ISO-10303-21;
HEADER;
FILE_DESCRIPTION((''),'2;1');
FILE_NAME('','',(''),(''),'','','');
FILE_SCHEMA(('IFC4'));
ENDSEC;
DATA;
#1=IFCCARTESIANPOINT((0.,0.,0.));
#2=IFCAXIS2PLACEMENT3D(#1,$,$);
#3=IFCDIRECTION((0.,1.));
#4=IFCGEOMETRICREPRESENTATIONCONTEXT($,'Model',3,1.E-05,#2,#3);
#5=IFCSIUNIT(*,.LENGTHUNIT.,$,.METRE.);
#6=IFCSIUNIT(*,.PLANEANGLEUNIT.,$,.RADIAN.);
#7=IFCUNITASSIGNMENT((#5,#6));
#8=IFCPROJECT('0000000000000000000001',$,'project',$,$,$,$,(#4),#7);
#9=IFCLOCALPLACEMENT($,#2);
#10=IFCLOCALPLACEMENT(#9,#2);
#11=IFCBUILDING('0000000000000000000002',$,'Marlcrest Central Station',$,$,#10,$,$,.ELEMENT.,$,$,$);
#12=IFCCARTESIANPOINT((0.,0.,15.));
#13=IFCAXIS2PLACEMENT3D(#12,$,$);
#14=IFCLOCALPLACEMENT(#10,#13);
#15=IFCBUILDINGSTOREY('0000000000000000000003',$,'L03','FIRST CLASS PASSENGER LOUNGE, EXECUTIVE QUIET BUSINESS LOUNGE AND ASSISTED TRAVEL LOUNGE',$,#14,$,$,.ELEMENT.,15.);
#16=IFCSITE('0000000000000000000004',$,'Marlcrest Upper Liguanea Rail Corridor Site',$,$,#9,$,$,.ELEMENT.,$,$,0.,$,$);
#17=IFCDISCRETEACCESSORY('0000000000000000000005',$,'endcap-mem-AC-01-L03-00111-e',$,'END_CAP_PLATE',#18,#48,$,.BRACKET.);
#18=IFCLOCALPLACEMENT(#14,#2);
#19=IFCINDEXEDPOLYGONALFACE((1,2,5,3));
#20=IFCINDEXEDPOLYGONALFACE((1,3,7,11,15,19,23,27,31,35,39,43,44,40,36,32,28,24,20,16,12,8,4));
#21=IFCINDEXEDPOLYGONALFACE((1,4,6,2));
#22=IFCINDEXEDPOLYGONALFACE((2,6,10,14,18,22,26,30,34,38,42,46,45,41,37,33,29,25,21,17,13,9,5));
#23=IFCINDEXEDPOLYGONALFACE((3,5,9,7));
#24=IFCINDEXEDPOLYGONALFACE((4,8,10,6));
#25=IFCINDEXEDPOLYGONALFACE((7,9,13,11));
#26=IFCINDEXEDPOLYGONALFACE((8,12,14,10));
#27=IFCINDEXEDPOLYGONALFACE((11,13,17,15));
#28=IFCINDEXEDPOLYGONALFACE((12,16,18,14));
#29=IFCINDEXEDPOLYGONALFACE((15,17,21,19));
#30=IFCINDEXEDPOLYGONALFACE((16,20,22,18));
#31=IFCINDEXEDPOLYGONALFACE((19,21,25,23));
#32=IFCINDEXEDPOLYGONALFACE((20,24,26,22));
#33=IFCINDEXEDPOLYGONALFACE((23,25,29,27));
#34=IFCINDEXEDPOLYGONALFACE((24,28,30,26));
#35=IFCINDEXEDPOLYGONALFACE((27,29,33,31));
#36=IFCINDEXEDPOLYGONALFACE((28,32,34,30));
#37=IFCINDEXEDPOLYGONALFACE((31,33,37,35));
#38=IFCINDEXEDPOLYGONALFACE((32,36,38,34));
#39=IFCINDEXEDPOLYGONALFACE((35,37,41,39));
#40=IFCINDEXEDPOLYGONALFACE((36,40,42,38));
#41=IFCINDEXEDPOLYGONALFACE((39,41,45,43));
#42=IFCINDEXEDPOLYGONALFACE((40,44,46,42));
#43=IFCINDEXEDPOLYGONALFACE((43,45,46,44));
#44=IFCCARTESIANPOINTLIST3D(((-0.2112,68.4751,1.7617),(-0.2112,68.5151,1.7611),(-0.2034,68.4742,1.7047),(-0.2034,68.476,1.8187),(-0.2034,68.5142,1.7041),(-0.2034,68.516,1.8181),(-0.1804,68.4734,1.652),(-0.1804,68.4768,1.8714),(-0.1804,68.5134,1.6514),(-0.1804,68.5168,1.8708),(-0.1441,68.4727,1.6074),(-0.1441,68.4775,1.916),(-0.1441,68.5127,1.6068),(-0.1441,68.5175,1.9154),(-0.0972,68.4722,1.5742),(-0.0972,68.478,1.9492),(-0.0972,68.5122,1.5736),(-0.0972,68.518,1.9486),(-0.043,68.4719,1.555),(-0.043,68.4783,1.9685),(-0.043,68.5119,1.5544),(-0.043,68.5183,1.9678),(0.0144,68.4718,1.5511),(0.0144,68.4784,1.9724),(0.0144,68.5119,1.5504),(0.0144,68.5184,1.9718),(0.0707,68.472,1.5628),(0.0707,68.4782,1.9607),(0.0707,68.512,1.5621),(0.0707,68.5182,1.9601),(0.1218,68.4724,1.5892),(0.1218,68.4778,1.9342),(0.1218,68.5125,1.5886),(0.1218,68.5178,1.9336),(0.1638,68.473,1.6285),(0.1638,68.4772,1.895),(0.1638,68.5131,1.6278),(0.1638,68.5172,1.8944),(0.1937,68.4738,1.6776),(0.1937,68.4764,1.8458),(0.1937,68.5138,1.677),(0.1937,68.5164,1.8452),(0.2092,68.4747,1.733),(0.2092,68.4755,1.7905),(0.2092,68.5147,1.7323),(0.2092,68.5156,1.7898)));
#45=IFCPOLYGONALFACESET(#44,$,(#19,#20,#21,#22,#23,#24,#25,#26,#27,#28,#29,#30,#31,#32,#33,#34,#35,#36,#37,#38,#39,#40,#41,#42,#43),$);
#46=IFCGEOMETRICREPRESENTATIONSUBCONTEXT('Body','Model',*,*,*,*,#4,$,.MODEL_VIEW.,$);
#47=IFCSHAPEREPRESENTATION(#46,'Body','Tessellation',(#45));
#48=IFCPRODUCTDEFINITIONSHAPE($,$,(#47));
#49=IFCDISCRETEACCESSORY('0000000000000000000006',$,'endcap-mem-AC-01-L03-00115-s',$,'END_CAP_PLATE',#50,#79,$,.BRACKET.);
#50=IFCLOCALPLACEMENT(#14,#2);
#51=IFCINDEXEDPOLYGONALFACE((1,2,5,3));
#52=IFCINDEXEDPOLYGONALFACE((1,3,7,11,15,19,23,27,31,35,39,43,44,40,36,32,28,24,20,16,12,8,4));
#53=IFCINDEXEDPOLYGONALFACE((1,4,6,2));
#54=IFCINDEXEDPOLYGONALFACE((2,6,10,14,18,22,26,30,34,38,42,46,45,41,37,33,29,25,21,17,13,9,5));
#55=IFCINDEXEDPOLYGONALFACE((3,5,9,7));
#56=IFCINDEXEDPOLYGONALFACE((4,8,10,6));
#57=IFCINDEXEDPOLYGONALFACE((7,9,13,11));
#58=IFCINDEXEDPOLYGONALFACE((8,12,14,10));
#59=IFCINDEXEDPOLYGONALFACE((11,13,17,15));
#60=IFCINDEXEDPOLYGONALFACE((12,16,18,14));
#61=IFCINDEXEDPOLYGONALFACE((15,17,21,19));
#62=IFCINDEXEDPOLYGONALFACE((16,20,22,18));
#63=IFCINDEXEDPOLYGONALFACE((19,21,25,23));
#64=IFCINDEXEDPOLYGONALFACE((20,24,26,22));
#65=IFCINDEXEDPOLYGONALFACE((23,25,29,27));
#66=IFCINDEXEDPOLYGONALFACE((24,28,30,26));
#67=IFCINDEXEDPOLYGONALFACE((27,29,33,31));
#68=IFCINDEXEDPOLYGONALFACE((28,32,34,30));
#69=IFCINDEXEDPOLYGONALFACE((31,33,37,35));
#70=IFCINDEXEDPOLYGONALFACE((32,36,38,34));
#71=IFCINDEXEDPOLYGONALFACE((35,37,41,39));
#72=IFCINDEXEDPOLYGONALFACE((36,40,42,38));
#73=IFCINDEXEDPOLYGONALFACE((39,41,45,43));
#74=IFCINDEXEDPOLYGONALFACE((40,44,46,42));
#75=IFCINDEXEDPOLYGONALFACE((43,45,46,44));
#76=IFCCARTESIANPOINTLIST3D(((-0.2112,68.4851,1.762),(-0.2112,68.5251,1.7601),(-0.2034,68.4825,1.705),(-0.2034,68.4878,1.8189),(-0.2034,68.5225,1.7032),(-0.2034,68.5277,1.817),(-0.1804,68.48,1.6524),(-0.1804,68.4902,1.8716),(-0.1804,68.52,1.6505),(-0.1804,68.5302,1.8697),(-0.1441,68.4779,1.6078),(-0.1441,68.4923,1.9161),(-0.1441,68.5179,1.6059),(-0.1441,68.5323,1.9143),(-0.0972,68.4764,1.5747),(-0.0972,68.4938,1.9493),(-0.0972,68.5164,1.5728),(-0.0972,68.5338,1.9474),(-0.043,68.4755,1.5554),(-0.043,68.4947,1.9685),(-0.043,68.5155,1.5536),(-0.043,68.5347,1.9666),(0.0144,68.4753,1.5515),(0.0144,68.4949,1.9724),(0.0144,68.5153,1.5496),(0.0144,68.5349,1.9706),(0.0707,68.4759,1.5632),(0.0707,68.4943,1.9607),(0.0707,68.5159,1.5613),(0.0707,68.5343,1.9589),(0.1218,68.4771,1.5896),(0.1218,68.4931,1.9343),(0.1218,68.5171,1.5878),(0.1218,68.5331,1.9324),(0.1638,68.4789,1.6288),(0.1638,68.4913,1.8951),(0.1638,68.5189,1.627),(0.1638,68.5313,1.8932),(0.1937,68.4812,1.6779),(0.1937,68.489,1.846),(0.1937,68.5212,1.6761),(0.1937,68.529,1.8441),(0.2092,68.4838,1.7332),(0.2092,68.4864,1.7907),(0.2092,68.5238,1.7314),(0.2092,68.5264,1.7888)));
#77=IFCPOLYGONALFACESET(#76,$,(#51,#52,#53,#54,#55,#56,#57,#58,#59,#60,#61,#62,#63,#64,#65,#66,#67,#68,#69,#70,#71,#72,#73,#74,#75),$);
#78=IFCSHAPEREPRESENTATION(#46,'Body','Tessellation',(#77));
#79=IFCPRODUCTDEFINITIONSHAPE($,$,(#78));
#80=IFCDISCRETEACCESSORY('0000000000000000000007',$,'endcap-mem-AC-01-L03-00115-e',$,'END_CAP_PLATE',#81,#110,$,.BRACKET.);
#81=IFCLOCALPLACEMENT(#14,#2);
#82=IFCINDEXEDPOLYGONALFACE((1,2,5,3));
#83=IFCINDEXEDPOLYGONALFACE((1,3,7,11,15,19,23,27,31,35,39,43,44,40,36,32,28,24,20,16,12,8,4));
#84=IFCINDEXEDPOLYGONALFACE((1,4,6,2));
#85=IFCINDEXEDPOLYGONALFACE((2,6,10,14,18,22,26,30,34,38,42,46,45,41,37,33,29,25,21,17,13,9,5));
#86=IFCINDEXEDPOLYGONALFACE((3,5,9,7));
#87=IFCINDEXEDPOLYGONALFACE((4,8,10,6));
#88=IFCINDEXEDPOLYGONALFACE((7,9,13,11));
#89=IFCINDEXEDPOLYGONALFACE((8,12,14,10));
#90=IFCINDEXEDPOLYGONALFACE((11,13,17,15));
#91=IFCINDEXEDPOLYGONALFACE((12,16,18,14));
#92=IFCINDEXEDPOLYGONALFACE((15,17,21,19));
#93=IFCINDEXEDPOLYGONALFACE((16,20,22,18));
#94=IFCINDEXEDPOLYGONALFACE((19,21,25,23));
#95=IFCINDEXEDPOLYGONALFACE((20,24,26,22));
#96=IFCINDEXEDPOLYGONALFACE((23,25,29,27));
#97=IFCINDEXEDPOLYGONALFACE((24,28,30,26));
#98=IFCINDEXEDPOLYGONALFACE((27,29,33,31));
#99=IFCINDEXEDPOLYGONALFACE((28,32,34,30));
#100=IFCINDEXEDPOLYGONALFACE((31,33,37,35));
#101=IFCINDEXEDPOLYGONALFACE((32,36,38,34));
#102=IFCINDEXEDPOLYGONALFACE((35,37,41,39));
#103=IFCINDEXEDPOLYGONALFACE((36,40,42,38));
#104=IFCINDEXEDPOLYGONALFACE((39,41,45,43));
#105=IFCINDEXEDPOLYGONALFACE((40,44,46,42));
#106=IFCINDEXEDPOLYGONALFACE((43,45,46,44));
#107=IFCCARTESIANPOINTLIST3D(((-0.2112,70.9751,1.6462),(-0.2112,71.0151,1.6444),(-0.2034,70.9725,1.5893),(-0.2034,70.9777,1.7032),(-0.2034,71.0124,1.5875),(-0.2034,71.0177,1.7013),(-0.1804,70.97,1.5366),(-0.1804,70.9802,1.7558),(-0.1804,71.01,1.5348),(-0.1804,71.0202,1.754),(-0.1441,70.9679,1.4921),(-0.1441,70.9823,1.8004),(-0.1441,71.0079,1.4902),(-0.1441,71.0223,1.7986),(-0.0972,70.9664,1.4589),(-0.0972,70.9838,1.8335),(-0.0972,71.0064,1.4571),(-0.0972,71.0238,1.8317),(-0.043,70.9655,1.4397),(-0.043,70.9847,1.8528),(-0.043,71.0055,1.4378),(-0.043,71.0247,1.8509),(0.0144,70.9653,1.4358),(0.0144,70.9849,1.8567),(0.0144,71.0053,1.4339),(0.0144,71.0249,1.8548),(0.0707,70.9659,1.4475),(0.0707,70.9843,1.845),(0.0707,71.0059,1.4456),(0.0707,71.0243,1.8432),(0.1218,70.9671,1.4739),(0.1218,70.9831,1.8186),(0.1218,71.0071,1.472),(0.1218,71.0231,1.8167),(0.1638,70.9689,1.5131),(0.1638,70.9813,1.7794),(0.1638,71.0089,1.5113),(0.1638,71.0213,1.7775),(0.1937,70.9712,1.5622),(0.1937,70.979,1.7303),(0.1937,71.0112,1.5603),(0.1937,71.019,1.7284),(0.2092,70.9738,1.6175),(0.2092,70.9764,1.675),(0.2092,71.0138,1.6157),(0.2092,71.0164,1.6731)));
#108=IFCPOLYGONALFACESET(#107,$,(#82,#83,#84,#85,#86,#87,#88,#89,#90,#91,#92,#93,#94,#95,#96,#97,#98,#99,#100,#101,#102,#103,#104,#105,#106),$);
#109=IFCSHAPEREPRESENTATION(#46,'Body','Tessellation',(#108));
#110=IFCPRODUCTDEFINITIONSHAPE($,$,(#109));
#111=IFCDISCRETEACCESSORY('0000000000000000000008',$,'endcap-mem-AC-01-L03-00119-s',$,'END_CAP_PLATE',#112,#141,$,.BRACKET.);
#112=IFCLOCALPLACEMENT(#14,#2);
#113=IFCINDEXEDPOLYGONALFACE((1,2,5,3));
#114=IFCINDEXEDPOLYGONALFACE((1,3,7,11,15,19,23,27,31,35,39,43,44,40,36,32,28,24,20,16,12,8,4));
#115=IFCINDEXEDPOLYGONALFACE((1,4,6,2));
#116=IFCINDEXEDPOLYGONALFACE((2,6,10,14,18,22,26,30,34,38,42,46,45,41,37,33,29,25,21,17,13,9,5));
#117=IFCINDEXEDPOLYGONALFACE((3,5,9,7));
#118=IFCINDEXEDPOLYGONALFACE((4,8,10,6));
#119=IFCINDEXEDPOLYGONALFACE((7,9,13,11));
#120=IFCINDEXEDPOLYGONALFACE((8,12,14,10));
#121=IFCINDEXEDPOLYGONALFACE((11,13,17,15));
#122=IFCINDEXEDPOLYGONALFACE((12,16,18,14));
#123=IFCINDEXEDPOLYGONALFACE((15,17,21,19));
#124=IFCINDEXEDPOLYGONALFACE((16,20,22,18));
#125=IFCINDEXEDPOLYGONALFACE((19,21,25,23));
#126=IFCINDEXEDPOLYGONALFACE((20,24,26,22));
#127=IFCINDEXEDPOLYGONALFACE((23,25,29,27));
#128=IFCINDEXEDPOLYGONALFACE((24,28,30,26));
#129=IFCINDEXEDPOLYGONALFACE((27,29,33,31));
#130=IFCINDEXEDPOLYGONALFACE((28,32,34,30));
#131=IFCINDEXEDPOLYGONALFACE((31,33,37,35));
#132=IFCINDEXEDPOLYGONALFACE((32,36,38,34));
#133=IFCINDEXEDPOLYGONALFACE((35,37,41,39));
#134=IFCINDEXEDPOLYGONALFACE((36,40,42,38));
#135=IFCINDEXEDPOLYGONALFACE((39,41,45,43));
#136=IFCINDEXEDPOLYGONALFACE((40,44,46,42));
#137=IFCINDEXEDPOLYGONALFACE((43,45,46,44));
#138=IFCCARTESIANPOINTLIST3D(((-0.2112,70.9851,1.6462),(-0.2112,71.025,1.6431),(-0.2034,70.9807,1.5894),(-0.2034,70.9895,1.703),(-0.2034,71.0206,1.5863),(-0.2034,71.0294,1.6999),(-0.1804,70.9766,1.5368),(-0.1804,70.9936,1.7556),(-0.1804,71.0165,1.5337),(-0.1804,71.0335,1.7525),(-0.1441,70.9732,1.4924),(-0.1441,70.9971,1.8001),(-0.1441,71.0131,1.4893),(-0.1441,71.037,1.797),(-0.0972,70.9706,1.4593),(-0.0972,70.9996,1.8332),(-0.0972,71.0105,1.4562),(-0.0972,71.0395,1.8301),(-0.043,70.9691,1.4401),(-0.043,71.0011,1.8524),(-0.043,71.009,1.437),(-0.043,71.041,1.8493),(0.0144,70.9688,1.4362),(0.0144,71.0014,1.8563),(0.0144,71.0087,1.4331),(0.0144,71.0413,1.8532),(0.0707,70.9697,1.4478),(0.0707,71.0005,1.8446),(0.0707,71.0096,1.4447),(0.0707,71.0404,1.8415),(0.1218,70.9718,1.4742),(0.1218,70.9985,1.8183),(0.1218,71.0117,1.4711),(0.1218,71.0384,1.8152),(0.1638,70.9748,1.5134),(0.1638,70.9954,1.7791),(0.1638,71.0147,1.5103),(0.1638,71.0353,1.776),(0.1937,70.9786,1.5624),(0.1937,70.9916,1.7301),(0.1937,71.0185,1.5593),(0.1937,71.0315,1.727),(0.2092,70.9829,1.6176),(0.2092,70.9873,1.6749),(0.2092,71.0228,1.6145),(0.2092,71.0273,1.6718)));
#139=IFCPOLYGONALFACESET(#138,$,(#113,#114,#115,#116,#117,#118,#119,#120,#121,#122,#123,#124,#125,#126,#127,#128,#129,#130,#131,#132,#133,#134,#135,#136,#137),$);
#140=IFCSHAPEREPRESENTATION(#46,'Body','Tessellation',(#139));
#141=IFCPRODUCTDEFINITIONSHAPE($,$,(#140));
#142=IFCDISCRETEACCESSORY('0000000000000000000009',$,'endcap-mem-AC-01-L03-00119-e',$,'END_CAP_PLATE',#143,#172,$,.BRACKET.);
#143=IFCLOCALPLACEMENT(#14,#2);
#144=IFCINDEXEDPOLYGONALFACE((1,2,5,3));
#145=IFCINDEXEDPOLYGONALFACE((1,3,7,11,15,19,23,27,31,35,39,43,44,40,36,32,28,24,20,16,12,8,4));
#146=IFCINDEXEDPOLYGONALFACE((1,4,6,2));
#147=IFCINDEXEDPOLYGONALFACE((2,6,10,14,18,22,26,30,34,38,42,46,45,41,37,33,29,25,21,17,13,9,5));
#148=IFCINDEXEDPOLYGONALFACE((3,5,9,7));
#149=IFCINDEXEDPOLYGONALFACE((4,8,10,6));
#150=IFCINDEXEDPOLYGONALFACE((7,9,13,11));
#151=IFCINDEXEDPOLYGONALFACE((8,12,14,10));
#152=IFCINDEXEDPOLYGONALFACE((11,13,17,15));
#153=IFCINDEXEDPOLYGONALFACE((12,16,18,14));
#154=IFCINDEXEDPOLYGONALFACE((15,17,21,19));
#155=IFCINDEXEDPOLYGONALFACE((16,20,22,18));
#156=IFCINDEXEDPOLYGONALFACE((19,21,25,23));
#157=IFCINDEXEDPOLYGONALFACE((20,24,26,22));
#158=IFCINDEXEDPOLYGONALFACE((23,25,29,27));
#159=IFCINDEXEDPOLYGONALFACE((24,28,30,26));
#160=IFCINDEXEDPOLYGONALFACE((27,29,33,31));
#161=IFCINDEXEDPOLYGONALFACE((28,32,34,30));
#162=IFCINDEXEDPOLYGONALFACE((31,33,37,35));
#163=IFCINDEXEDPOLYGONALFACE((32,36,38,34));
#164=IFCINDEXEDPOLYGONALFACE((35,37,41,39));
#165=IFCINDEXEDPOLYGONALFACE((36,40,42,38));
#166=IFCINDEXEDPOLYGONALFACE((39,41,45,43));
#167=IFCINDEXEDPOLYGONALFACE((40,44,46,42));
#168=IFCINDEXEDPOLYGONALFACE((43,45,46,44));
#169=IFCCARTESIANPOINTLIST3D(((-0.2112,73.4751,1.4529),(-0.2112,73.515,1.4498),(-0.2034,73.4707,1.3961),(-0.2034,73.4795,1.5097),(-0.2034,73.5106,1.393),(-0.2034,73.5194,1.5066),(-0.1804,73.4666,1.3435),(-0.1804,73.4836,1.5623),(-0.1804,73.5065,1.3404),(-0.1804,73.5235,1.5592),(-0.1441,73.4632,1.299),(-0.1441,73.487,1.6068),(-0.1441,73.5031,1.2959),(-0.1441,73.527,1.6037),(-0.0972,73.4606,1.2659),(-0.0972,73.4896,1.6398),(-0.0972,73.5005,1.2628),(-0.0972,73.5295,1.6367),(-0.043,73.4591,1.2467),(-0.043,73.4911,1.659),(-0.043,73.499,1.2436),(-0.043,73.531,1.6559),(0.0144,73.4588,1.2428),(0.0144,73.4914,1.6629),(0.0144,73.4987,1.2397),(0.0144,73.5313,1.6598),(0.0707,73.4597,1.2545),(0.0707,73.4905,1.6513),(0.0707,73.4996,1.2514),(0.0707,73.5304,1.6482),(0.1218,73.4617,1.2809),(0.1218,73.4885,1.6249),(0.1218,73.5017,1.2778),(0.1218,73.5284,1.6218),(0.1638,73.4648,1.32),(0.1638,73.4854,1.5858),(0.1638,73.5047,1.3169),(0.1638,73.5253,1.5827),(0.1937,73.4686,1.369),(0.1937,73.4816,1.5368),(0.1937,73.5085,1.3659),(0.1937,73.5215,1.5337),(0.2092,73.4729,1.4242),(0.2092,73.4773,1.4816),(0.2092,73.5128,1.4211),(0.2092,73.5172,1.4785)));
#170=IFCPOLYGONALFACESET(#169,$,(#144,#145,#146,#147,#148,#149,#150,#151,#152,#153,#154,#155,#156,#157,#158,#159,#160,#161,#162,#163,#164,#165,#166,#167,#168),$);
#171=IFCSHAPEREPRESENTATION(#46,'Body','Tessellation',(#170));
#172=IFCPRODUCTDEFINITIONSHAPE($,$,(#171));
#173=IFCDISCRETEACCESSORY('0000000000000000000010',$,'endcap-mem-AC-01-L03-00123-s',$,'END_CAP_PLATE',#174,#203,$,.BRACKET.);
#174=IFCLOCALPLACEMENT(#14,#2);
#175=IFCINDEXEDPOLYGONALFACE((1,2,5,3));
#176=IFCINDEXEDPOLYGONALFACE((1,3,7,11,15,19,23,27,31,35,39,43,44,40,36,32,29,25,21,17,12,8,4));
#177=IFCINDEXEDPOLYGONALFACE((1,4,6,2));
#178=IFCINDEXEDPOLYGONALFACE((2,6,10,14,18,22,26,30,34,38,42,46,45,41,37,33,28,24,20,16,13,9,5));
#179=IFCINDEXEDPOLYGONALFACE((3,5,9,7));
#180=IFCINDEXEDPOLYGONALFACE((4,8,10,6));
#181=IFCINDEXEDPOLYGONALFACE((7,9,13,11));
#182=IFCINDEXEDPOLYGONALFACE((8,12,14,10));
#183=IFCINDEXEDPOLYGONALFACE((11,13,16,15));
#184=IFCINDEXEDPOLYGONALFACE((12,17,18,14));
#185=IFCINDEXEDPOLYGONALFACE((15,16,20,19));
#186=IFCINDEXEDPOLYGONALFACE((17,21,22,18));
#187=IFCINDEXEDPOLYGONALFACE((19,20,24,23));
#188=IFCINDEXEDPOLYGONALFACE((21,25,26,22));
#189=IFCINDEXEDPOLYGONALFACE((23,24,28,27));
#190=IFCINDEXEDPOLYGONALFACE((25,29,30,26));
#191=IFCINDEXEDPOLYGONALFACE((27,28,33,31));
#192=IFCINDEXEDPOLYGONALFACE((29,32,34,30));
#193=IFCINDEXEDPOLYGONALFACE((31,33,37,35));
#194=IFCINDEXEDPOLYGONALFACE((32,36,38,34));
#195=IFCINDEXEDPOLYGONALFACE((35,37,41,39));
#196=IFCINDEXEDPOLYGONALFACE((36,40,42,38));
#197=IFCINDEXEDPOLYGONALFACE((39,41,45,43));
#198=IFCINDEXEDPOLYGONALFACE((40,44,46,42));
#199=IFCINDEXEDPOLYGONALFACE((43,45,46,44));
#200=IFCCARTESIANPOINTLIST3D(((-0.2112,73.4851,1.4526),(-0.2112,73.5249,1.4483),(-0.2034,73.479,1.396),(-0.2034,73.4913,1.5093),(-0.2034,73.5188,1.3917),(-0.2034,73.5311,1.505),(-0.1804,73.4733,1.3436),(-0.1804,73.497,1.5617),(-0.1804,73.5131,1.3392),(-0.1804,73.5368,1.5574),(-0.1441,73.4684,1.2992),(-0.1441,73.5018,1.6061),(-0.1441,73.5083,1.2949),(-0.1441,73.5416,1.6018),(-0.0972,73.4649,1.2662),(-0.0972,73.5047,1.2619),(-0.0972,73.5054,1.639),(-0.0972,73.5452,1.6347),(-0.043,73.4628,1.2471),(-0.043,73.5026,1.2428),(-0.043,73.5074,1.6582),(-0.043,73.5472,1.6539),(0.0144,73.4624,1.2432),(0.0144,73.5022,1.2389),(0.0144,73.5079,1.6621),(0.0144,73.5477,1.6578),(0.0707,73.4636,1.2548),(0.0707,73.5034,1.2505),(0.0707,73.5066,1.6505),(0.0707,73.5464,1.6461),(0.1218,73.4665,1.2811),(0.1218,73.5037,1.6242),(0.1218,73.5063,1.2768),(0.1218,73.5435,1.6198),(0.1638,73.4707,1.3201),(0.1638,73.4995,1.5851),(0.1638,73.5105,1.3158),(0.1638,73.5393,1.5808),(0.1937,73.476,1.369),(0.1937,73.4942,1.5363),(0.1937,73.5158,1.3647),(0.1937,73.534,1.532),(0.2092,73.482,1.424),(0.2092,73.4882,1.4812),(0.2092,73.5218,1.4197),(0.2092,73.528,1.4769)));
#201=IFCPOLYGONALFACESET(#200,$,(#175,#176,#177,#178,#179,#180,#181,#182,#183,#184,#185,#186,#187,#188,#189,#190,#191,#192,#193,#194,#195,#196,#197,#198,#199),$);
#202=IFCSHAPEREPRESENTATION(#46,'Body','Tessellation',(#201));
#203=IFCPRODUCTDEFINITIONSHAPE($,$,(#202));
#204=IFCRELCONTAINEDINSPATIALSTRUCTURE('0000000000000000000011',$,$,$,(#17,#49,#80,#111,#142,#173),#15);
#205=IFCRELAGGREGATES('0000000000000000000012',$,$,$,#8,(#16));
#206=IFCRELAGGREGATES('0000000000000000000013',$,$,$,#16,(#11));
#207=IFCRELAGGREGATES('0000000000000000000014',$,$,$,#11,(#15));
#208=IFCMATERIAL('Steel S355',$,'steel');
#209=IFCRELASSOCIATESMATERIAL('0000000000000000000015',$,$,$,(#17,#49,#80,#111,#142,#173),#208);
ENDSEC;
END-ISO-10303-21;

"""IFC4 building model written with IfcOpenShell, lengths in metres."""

from ifc_helpers import new_model, si_unit, direction, frame, origin, origin_2d, place, context, subcontext, project, spatial, circle, extrude, material, element, save


model = new_model("IFC4")

# Units and contexts
model_context = context("Model", 3, precision=1e-05, world=origin(), true_north=direction((0.0, 1.0)))
body_context = subcontext(model_context, "Body", "Model", "MODEL_VIEW")
ifc_project = project(units=[si_unit("LENGTHUNIT", "METRE"), si_unit("PLANEANGLEUNIT", "RADIAN")], contexts=[model_context])

# Site, building, storey
site_placement = place(None, origin())
site = spatial("IfcSite", under=ifc_project, at=site_placement, Name="Marlcrest Upper Liguanea Rail Corridor Site", CompositionType="ELEMENT", RefElevation=0.0)
building_placement = place(site_placement, origin())
building = spatial("IfcBuilding", under=site, at=building_placement, Name="Marlcrest Central Station", CompositionType="ELEMENT")
storey_placement = place(building_placement, frame((0.0, 0.0, 15.0)))
storey = spatial("IfcBuildingStorey", under=building, at=storey_placement, Name="L03", Description="FIRST CLASS PASSENGER LOUNGE, EXECUTIVE QUIET BUSINESS LOUNGE AND ASSISTED TRAVEL LOUNGE", CompositionType="ELEMENT", Elevation=15.0)

# Shared definitions
ifc_material_1 = material(Name="Steel S355", Category="steel")

# Discrete accessories
for number, where, z_axis, x_axis, name in (
    (1, (0.0, 68.4751, 1.7617), (0.0, 0.999879, -0.015525), (-1.0, 0.0, 0.0), "endcap-mem-AC-01-L03-00111-e"),
    (2, (0.0, 68.4851, 1.762), (0.0, 0.998921, -0.046434), (-1.0, 0.0, 0.0), "endcap-mem-AC-01-L03-00115-s"),
    (3, (0.0, 70.9751, 1.6462), (0.0, 0.998921, -0.046434), (-1.0, 0.0, 0.0), "endcap-mem-AC-01-L03-00115-e"),
    (4, (0.0, 70.9851, 1.6462), (0.0, 0.997, -0.077404), (-1.0, 0.0, 0.0), "endcap-mem-AC-01-L03-00119-s"),
    (5, (0.0, 73.4751, 1.4529), (0.0, 0.997, -0.077404), (-1.0, 0.0, 0.0), "endcap-mem-AC-01-L03-00119-e"),
    (6, (0.0, 73.4851, 1.4526), (0.0, 0.994155, -0.107959), (-1.0, 0.0, 0.0), "endcap-mem-AC-01-L03-00123-s"),
):
    element("IfcDiscreteAccessory", number, at=place(storey_placement, frame(where, z_axis=z_axis, x_axis=x_axis)), inside=storey, material=ifc_material_1, Name=name, ObjectType="END_CAP_PLATE", PredefinedType="BRACKET", context=body_context, shape_type="SweptSolid", body=[
        extrude(circle(Radius=0.2112, at=origin_2d()), origin(), (0.0, 0.0, 1.0), 0.04),
    ])

save(model, "model.ifc")
